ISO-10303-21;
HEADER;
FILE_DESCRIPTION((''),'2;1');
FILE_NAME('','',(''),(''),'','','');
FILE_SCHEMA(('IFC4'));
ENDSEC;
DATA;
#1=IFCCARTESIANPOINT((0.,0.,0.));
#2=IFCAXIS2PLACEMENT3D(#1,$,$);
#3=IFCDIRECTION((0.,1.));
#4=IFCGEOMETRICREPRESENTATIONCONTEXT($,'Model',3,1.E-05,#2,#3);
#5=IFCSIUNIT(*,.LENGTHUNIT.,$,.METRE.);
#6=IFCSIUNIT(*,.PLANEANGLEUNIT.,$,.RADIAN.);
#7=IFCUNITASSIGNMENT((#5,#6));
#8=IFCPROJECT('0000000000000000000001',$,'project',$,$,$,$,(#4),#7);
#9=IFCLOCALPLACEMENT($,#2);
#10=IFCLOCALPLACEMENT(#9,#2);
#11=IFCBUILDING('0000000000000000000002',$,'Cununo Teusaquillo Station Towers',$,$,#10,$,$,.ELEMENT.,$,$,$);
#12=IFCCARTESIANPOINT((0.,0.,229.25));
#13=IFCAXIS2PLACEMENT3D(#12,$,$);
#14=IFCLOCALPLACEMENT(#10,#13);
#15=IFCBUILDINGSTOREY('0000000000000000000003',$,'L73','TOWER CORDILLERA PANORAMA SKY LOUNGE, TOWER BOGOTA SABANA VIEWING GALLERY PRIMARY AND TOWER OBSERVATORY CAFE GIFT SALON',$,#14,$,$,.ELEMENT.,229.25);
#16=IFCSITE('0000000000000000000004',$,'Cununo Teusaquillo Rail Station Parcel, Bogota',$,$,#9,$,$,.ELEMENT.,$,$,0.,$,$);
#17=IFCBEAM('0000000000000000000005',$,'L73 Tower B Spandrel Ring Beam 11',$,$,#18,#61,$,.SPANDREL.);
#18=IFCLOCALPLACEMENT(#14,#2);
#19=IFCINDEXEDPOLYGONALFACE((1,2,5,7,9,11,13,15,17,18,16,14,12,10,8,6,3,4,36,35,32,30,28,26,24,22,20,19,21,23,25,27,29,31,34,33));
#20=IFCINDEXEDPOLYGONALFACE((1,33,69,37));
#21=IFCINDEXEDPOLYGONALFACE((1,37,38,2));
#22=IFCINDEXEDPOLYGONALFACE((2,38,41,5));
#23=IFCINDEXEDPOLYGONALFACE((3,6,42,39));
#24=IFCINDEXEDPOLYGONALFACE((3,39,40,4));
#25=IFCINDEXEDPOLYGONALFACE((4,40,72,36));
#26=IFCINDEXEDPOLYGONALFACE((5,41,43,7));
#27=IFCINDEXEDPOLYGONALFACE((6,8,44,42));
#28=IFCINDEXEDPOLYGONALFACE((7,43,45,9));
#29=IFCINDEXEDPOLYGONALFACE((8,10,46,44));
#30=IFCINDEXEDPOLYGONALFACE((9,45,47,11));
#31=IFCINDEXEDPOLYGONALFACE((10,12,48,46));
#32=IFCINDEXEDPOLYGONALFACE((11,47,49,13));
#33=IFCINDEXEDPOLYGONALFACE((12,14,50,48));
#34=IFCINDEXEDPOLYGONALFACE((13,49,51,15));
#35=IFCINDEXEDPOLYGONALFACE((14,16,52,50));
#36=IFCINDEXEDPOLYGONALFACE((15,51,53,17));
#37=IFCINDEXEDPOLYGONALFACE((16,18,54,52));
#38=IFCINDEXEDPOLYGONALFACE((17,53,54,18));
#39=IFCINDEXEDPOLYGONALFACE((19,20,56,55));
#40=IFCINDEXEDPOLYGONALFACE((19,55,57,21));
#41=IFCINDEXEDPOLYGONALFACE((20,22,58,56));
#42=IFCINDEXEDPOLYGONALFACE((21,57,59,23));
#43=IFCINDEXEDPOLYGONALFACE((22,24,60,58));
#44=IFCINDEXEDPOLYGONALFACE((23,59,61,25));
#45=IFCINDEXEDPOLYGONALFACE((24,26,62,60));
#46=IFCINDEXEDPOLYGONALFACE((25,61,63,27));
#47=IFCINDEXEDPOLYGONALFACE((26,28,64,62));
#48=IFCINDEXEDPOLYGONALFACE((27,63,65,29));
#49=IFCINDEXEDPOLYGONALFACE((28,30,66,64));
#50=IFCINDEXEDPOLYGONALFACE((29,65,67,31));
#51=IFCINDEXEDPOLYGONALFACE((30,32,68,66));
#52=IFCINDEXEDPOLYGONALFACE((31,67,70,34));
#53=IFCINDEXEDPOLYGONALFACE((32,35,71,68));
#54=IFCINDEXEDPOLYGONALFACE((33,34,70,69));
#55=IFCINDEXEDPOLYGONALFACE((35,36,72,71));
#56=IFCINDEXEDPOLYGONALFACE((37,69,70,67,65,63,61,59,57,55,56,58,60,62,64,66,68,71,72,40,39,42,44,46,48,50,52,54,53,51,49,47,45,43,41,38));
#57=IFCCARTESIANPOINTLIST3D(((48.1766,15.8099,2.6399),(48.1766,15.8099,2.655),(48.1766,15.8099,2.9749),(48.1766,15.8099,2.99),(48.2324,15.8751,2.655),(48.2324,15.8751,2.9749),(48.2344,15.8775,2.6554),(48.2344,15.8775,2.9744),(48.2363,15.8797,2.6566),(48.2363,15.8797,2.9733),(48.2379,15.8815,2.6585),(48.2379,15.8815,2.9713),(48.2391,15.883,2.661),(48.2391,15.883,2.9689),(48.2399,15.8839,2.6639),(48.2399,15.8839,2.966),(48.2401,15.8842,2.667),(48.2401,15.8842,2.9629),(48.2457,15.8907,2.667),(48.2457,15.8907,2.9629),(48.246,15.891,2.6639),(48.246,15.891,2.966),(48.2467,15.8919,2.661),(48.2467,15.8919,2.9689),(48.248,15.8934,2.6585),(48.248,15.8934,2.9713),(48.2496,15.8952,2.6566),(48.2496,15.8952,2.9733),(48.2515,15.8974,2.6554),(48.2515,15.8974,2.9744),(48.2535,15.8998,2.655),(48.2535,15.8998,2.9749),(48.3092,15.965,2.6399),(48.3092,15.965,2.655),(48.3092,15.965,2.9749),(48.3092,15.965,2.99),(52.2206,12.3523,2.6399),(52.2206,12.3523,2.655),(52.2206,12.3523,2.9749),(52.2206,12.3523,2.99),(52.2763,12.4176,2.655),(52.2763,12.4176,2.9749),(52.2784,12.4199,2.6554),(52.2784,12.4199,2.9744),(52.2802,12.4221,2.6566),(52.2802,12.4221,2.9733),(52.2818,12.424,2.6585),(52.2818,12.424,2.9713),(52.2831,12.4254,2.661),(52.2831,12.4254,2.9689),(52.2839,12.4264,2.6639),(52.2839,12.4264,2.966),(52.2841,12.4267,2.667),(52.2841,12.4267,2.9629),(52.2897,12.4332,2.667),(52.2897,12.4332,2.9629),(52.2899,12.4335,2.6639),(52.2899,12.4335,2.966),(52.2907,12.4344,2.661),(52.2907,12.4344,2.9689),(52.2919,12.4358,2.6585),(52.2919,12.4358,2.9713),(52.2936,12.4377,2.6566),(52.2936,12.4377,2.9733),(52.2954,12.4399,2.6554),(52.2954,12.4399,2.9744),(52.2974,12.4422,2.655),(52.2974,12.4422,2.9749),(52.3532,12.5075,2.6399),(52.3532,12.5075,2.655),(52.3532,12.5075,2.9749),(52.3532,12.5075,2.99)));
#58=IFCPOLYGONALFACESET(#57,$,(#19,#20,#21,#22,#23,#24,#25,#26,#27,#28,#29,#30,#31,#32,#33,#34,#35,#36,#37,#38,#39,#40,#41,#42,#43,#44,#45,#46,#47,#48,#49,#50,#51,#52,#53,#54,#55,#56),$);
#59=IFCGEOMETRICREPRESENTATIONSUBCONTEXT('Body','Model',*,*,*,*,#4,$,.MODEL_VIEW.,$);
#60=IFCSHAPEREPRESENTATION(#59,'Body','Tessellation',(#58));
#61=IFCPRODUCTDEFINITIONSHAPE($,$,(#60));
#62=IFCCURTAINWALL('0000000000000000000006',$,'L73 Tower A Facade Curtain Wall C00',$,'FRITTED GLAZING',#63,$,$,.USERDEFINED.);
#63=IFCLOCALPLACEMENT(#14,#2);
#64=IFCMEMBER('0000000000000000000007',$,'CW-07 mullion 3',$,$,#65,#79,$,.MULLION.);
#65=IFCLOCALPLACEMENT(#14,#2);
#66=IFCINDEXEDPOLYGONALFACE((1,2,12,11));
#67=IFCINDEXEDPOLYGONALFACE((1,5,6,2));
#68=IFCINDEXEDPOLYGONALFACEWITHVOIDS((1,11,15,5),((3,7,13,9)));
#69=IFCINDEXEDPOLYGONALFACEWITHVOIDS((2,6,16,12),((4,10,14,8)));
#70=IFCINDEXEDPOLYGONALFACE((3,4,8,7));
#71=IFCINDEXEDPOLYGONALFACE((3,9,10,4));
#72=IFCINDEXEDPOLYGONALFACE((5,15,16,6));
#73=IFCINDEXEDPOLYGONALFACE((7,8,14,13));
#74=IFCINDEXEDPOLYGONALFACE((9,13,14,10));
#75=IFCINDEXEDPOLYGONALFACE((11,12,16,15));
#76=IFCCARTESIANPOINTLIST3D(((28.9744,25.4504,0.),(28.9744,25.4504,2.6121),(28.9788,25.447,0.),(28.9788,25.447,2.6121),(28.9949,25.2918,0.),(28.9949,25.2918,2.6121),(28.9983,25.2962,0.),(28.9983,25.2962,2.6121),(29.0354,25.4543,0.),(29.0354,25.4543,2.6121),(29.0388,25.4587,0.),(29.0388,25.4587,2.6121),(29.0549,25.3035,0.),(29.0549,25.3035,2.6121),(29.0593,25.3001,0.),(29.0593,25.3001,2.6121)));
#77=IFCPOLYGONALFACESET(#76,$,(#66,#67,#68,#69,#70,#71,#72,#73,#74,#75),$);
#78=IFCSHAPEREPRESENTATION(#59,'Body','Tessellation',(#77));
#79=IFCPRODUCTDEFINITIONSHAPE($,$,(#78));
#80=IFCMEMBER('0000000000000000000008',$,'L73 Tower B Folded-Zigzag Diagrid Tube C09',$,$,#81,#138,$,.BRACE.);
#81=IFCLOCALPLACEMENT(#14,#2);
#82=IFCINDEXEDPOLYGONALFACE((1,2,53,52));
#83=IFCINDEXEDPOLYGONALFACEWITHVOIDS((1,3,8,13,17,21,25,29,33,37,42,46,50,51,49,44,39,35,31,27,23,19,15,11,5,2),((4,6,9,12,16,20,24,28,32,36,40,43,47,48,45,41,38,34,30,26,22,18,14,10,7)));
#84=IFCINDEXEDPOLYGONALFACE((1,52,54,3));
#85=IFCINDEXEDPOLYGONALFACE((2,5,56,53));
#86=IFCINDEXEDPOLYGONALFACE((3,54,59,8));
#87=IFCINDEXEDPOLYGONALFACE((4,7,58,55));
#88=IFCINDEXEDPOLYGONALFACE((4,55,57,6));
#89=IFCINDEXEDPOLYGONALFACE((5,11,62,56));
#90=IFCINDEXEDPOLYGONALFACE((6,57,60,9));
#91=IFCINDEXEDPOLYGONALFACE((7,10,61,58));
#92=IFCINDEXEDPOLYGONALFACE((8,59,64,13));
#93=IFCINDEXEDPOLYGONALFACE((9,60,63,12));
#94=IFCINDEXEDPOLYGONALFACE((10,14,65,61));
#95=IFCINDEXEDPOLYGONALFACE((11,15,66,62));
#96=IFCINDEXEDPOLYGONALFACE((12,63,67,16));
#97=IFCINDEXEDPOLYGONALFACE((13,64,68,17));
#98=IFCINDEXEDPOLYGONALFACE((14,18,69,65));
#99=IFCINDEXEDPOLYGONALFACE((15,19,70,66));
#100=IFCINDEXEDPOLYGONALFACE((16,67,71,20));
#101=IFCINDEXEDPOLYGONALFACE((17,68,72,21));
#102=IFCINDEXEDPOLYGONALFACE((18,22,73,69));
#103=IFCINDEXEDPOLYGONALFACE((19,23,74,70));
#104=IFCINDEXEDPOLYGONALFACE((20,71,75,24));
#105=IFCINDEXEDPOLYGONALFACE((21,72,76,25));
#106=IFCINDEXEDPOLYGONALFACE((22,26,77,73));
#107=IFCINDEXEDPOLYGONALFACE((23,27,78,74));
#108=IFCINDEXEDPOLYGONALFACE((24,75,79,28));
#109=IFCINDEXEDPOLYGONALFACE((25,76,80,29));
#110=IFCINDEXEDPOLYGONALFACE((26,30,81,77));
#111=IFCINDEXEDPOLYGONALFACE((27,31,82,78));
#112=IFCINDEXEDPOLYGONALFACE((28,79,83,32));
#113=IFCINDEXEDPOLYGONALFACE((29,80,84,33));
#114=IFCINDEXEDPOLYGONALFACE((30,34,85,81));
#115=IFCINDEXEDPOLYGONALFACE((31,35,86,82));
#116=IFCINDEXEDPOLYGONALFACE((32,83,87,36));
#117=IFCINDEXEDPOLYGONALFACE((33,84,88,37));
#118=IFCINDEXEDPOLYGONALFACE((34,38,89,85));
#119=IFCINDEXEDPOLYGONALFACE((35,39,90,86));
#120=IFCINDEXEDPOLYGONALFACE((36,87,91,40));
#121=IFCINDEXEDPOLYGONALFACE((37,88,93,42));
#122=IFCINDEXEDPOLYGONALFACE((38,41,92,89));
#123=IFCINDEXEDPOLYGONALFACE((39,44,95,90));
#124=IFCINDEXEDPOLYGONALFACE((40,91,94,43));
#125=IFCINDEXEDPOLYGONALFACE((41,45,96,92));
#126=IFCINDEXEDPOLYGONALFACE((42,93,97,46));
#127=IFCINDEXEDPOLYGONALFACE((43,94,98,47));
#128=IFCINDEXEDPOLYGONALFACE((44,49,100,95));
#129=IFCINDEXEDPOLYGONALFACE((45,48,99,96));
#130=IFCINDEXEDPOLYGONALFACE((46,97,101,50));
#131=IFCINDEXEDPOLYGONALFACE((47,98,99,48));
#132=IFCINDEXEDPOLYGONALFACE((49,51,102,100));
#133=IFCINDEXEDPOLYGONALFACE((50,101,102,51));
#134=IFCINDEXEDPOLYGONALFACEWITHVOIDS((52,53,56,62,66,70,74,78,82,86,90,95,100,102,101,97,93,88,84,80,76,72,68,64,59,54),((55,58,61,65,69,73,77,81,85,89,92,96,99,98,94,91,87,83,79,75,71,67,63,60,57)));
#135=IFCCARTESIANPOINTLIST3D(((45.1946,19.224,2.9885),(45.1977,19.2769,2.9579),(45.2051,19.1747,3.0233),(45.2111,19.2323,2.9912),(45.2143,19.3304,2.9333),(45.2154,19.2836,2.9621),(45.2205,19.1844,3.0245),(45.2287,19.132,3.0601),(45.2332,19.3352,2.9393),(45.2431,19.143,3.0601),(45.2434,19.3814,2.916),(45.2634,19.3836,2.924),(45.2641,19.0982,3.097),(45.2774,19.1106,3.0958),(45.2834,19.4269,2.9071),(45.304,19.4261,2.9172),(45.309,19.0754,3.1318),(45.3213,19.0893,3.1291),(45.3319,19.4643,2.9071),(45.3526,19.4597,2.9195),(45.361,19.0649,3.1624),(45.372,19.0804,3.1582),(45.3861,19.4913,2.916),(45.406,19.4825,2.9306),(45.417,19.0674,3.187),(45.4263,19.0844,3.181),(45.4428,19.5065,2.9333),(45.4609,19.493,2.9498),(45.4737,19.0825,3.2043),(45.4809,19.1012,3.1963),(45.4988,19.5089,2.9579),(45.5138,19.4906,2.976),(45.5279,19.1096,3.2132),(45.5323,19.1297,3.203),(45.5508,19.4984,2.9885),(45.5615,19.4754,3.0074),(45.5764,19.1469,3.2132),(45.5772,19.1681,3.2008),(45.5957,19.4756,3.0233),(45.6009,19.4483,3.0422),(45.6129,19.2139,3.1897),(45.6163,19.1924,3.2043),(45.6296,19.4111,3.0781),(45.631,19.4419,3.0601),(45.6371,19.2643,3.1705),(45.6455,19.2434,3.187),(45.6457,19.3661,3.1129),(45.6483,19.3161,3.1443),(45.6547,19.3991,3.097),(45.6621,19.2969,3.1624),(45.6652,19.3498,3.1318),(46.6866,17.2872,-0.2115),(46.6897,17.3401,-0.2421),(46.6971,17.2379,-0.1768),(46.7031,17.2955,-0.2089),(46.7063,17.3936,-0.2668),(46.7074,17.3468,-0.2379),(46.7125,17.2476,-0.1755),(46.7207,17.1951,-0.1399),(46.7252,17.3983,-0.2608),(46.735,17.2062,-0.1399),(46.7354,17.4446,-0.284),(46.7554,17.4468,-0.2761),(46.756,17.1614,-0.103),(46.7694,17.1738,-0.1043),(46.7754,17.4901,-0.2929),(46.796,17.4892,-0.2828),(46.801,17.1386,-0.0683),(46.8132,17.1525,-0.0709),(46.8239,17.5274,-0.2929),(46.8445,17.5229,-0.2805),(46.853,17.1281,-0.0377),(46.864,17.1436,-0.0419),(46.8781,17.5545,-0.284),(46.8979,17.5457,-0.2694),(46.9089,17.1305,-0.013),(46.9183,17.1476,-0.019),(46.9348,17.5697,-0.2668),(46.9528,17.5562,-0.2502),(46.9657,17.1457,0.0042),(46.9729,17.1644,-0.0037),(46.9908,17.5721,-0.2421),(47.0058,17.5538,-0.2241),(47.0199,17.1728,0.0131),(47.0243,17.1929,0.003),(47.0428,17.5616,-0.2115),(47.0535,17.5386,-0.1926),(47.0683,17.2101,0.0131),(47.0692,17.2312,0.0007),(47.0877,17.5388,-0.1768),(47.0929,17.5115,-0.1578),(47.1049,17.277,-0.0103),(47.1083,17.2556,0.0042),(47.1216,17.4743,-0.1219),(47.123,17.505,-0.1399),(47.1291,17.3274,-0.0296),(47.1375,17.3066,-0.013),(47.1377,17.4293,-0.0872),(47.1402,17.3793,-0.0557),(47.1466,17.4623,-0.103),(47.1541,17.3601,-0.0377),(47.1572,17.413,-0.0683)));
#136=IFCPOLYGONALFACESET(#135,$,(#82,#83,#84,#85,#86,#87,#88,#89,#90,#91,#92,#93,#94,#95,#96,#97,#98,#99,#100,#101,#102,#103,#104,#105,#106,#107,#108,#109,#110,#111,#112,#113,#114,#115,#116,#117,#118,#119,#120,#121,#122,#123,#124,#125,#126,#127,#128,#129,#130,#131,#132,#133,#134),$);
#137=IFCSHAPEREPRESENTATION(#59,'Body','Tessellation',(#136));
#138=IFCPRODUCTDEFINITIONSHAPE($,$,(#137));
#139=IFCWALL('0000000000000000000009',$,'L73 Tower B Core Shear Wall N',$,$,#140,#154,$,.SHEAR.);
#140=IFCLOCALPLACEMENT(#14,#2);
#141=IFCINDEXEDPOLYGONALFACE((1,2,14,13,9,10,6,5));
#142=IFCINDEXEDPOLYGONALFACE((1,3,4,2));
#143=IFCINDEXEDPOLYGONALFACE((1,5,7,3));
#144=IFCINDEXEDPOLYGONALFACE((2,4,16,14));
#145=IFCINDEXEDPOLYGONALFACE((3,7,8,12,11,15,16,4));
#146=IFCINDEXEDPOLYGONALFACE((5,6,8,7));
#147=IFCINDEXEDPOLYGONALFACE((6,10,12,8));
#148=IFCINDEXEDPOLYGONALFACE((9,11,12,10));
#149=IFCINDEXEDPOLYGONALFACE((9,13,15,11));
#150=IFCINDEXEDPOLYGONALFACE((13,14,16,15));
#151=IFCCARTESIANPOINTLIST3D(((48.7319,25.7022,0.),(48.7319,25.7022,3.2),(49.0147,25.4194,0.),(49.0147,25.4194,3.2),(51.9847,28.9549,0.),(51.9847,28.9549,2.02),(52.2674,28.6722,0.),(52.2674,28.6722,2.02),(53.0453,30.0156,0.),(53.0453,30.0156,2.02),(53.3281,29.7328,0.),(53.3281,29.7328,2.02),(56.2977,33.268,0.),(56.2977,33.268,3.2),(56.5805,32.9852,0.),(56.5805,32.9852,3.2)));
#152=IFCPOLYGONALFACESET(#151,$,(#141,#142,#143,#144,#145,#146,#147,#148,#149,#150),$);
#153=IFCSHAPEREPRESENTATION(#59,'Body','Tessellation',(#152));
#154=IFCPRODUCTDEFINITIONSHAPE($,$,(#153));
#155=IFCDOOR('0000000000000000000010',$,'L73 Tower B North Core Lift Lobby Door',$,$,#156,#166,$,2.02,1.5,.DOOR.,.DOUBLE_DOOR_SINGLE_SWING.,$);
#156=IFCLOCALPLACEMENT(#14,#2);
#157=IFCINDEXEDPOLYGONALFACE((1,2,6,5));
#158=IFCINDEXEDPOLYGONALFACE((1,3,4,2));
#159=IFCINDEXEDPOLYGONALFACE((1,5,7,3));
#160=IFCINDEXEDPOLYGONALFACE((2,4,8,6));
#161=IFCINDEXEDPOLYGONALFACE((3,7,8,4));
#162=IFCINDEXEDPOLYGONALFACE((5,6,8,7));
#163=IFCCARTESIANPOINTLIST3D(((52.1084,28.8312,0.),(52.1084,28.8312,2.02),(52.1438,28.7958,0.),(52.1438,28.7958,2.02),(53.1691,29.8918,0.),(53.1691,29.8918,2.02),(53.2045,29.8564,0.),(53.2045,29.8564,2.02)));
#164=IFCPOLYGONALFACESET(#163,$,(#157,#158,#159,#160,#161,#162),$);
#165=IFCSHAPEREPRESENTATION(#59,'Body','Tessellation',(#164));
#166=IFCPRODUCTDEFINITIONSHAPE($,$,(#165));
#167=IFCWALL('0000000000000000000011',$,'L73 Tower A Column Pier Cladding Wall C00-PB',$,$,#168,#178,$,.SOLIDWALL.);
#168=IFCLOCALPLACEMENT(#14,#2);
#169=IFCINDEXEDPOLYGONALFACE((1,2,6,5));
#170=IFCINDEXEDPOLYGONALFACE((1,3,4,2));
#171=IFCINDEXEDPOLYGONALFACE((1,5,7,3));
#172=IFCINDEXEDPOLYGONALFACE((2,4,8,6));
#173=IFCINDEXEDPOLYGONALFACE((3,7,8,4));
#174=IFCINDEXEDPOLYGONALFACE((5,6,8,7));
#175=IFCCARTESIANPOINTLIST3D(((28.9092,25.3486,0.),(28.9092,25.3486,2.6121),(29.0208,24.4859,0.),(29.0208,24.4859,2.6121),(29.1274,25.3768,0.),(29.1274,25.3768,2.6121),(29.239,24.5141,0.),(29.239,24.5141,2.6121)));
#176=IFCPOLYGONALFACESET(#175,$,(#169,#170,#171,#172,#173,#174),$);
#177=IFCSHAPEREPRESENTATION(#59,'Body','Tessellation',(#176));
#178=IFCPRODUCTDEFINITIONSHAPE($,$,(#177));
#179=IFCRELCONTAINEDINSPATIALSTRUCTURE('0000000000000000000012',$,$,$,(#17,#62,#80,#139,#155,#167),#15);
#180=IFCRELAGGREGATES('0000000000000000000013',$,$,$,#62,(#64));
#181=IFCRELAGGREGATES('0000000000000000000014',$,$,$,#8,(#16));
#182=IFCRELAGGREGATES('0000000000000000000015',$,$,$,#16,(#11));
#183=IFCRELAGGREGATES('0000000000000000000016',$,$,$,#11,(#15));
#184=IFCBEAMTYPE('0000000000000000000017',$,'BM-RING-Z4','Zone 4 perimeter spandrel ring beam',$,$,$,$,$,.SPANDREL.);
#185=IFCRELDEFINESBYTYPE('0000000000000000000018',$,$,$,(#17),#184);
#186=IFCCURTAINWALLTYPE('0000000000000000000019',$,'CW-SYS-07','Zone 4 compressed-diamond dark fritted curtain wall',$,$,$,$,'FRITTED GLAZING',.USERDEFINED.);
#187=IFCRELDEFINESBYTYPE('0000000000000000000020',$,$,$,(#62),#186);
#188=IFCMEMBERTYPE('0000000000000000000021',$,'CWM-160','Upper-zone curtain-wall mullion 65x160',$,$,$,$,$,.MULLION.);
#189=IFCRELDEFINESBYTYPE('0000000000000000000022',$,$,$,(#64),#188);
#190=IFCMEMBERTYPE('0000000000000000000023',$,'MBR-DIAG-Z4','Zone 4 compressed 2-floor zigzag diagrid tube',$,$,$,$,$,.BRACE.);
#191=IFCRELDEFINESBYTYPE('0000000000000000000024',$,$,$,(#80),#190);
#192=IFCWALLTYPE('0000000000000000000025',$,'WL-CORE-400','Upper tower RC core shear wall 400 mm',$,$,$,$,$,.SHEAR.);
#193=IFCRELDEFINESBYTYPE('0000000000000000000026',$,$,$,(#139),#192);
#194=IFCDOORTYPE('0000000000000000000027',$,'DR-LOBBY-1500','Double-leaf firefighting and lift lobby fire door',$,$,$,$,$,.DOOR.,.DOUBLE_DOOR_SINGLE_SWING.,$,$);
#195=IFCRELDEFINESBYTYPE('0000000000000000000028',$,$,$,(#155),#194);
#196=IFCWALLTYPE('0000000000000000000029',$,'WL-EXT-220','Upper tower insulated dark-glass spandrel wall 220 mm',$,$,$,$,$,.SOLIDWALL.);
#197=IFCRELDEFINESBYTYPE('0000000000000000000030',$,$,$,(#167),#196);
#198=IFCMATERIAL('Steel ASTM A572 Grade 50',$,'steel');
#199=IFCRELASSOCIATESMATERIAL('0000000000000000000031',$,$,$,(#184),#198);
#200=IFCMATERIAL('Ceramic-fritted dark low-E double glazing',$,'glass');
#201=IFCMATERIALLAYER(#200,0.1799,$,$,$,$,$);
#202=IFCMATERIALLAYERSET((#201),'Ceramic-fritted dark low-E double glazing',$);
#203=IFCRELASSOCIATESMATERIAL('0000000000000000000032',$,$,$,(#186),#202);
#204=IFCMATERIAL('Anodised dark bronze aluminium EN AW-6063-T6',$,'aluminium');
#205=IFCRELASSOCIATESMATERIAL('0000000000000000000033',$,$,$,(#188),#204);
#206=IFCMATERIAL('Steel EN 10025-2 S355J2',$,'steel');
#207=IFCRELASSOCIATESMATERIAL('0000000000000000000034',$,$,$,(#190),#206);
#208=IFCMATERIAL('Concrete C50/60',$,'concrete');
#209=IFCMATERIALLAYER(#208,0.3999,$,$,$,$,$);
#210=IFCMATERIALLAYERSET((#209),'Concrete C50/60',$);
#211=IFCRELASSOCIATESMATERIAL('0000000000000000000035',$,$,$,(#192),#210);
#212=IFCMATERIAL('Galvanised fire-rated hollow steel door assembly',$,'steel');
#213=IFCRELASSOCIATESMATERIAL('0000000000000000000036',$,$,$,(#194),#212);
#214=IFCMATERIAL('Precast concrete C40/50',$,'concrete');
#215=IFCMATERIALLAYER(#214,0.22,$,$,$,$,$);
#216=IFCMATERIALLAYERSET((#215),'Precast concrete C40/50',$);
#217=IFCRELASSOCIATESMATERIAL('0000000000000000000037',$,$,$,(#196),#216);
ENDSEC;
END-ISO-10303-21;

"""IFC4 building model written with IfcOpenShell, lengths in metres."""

from ifc_helpers import new_model, si_unit, direction, frame, frame_2d, origin, origin_2d, place, context, subcontext, project, spatial, rectangle, hollow_rectangle, hollow_circle, i_section, extrude, source, transform, mapped, material, layer, layer_set, material_profile, profile_set, type_object, element, fill, aggregate, save


model = new_model("IFC4")

# Units and contexts
model_context = context("Model", 3, precision=1e-05, world=origin(), true_north=direction((0.0, 1.0)))
body_context = subcontext(model_context, "Body", "Model", "MODEL_VIEW")
ifc_project = project(units=[si_unit("LENGTHUNIT", "METRE"), si_unit("PLANEANGLEUNIT", "RADIAN")], contexts=[model_context])

# Site, building, storey
site_placement = place(None, origin())
site = spatial("IfcSite", under=ifc_project, at=site_placement, Name="Cununo Teusaquillo Rail Station Parcel, Bogota", CompositionType="ELEMENT", RefElevation=0.0)
building_placement = place(site_placement, origin())
building = spatial("IfcBuilding", under=site, at=building_placement, Name="Cununo Teusaquillo Station Towers", CompositionType="ELEMENT")
storey_placement = place(building_placement, frame((0.0, 0.0, 229.25)))
storey = spatial("IfcBuildingStorey", under=building, at=storey_placement, Name="L73", Description="TOWER CORDILLERA PANORAMA SKY LOUNGE, TOWER BOGOTA SABANA VIEWING GALLERY PRIMARY AND TOWER OBSERVATORY CAFE GIFT SALON", CompositionType="ELEMENT", Elevation=229.25)

# Beam
ifc_material_1 = material(Name="Steel ASTM A572 Grade 50", Category="steel")
ifc_material_profile_1 = material_profile(ifc_material_1, i_section(OverallWidth=0.2041, OverallDepth=0.3501, WebThickness=0.0085, FlangeThickness=0.0151, FilletRadius=0.012, at=origin_2d()), Name="W14X48")
ifc_profile_set_1 = profile_set([ifc_material_profile_1], Name="Steel ASTM A572 Grade 50")
beam_type_1 = type_object("IfcBeamType", Name="BM-RING-Z4", Description="Zone 4 perimeter spandrel ring beam", PredefinedType="SPANDREL", material=ifc_profile_set_1)
beam_1_placement = place(storey_placement, frame((48.2429, 15.8875, 2.8149), z_axis=(0.760066, -0.649846, 0.0), x_axis=(0.649846, 0.760066, 0.0)))
element("IfcBeam", 1, at=beam_1_placement, inside=storey, type_object=beam_type_1, Name="L73 Tower B Spandrel Ring Beam 11", PredefinedType="SPANDREL", context=body_context, shape_type="SweptSolid", body=[
    extrude(i_section(OverallWidth=0.2041, OverallDepth=0.3501, WebThickness=0.0085, FlangeThickness=0.0151, FilletRadius=0.012, at=origin_2d()), origin(), (0.0, 0.0, 1.0), 5.3206),
])

# Curtain wall, member
ifc_material_2 = material(Name="Ceramic-fritted dark low-E double glazing", Category="glass")
ifc_layer_1 = layer(ifc_material_2, 0.1799)
ifc_layer_set_1 = layer_set([ifc_layer_1], Name="Ceramic-fritted dark low-E double glazing")
curtain_wall_type = type_object("IfcCurtainWallType", Name="CW-SYS-07", Description="Zone 4 compressed-diamond dark fritted curtain wall", ElementType="FRITTED GLAZING", PredefinedType="USERDEFINED", material=ifc_layer_set_1)
curtain_wall_placement = place(storey_placement, origin())
curtain_wall = element("IfcCurtainWall", 2, at=curtain_wall_placement, inside=storey, type_object=curtain_wall_type, Name="L73 Tower A Facade Curtain Wall C00", ObjectType="FRITTED GLAZING", PredefinedType="USERDEFINED")
ifc_material_3 = material(Name="Anodised dark bronze aluminium EN AW-6063-T6", Category="aluminium")
ifc_material_profile_2 = material_profile(ifc_material_3, hollow_rectangle(XDim=0.0649, YDim=0.1599, WallThickness=0.0039, at=origin_2d()), Name="CW-MULL-65x160")
ifc_profile_set_2 = profile_set([ifc_material_profile_2], Name="Anodised dark bronze aluminium EN AW-6063-T6")
member_type_1 = type_object("IfcMemberType", Name="CWM-160", Description="Upper-zone curtain-wall mullion 65x160", PredefinedType="MULLION", material=ifc_profile_set_2)
member_1_placement = place(storey_placement, frame((29.0168, 25.3752, 0.0), z_axis=(0.0, 0.0, 1.0), x_axis=(0.991742, 0.128253, 0.0)))
member_1 = element("IfcMember", 3, at=member_1_placement, type_object=member_type_1, Name="CW-07 mullion 3", PredefinedType="MULLION", context=body_context, shape_type="SweptSolid", body=[
    extrude(hollow_rectangle(XDim=0.0649, YDim=0.1599, WallThickness=0.0039, at=origin_2d()), origin(), (0.0, 0.0, 1.0), 2.6121),
])
aggregate(curtain_wall, [member_1])

# Member
ifc_material_4 = material(Name="Steel EN 10025-2 S355J2", Category="steel")
ifc_material_profile_3 = material_profile(ifc_material_4, hollow_circle(Radius=0.2539, WallThickness=0.0181, at=origin_2d()), Name="CHS 508x18")
ifc_profile_set_3 = profile_set([ifc_material_profile_3], Name="Steel EN 10025-2 S355J2")
member_type_2 = type_object("IfcMemberType", Name="MBR-DIAG-Z4", Description="Zone 4 compressed 2-floor zigzag diagrid tube", PredefinedType="BRACE", material=ifc_profile_set_3)
member_2_placement = place(storey_placement, frame((46.9219, 17.3501, -0.1399), z_axis=(-0.370486, 0.480947, 0.794626), x_axis=(-0.792204, -0.610256, 0.0)))
element("IfcMember", 4, at=member_2_placement, inside=storey, type_object=member_type_2, Name="L73 Tower B Folded-Zigzag Diagrid Tube C09", PredefinedType="BRACE", context=body_context, shape_type="SweptSolid", body=[
    extrude(hollow_circle(Radius=0.2539, WallThickness=0.0181, at=origin_2d()), origin(), (0.0, 0.0, 1.0), 4.0271),
])

# Wall, opening, door
ifc_material_5 = material(Name="Concrete C50/60", Category="concrete")
ifc_layer_2 = layer(ifc_material_5, 0.3999)
ifc_layer_set_2 = layer_set([ifc_layer_2], Name="Concrete C50/60")
wall_type_1 = type_object("IfcWallType", Name="WL-CORE-400", Description="Upper tower RC core shear wall 400 mm", PredefinedType="SHEAR", material=ifc_layer_set_2)
wall_1_placement = place(storey_placement, frame((48.8733, 25.5608, 0.0), z_axis=(0.0, 0.0, 1.0), x_axis=(0.707107, 0.707107, 0.0)))
wall_1 = element("IfcWall", 5, at=wall_1_placement, inside=storey, type_object=wall_type_1, Name="L73 Tower B Core Shear Wall N", PredefinedType="SHEAR", context=body_context, shape_type="SweptSolid", body=[
    extrude(rectangle(XDim=10.6997, YDim=0.3999, at=frame_2d((5.3499, 0.0))), origin(), (0.0, 0.0, 1.0), 3.2),
])
shared_shape_1 = source(origin(), body_context, "Body", "SweptSolid", [
    extrude(rectangle(XDim=1.5, YDim=2.02, at=frame_2d((0.75, 1.01))), frame((0.0, 0.21, 0.0), z_axis=(0.0, -1.0, 0.0), x_axis=(1.0, 0.0, 0.0)), (0.0, 0.0, 1.0), 0.4199),
])
opening_1_placement = place(wall_1_placement, frame((4.6001, 0.0, 0.0)))
opening_1 = element("IfcOpeningElement", 6, at=opening_1_placement, cuts=wall_1, PredefinedType="OPENING", context=body_context, shape_type="MappedRepresentation", body=[
    mapped(shared_shape_1, transform((0.0, 0.0, 0.0), x_axis=(1.0, 0.0, 0.0), y_axis=(0.0, 1.0, 0.0), z_axis=(0.0, 0.0, 1.0), scale=1.0)),
])
ifc_material_6 = material(Name="Galvanised fire-rated hollow steel door assembly", Category="steel")
door_type_1 = type_object("IfcDoorType", Name="DR-LOBBY-1500", Description="Double-leaf firefighting and lift lobby fire door", OperationType="DOUBLE_DOOR_SINGLE_SWING", PredefinedType="DOOR", material=ifc_material_6)
shared_shape_2 = source(origin(), body_context, "Body", "SweptSolid", [
    extrude(rectangle(XDim=1.5, YDim=2.02, at=frame_2d((0.75, 1.01))), frame((0.0, 0.0249, 0.0), z_axis=(0.0, -1.0, 0.0), x_axis=(1.0, 0.0, 0.0)), (0.0, 0.0, 1.0), 0.05),
])
door_1_placement = place(opening_1_placement, origin())
door_1 = element("IfcDoor", 7, at=door_1_placement, inside=storey, type_object=door_type_1, Name="L73 Tower B North Core Lift Lobby Door", OperationType="DOUBLE_DOOR_SINGLE_SWING", OverallHeight=2.02, OverallWidth=1.5, PredefinedType="DOOR", context=body_context, shape_type="MappedRepresentation", body=[
    mapped(shared_shape_2, transform((0.0, 0.0, 0.0), x_axis=(1.0, 0.0, 0.0), y_axis=(0.0, 1.0, 0.0), z_axis=(0.0, 0.0, 1.0), scale=1.0)),
])
fill(opening_1, door_1)

# Wall
ifc_material_7 = material(Name="Precast concrete C40/50", Category="concrete")
ifc_layer_3 = layer(ifc_material_7, 0.22)
ifc_layer_set_3 = layer_set([ifc_layer_3], Name="Precast concrete C40/50")
wall_type_2 = type_object("IfcWallType", Name="WL-EXT-220", Description="Upper tower insulated dark-glass spandrel wall 220 mm", PredefinedType="SOLIDWALL", material=ifc_layer_set_3)
wall_2_placement = place(storey_placement, frame((29.0183, 25.3628, 0.0), z_axis=(0.0, 0.0, 1.0), x_axis=(0.128247, -0.991742, 0.0)))
element("IfcWall", 8, at=wall_2_placement, inside=storey, type_object=wall_type_2, Name="L73 Tower A Column Pier Cladding Wall C00-PB", PredefinedType="SOLIDWALL", context=body_context, shape_type="SweptSolid", body=[
    extrude(rectangle(XDim=0.8699, YDim=0.22, at=frame_2d((0.4351, 0.0))), origin(), (0.0, 0.0, 1.0), 2.6121),
])

save(model, "model.ifc")
